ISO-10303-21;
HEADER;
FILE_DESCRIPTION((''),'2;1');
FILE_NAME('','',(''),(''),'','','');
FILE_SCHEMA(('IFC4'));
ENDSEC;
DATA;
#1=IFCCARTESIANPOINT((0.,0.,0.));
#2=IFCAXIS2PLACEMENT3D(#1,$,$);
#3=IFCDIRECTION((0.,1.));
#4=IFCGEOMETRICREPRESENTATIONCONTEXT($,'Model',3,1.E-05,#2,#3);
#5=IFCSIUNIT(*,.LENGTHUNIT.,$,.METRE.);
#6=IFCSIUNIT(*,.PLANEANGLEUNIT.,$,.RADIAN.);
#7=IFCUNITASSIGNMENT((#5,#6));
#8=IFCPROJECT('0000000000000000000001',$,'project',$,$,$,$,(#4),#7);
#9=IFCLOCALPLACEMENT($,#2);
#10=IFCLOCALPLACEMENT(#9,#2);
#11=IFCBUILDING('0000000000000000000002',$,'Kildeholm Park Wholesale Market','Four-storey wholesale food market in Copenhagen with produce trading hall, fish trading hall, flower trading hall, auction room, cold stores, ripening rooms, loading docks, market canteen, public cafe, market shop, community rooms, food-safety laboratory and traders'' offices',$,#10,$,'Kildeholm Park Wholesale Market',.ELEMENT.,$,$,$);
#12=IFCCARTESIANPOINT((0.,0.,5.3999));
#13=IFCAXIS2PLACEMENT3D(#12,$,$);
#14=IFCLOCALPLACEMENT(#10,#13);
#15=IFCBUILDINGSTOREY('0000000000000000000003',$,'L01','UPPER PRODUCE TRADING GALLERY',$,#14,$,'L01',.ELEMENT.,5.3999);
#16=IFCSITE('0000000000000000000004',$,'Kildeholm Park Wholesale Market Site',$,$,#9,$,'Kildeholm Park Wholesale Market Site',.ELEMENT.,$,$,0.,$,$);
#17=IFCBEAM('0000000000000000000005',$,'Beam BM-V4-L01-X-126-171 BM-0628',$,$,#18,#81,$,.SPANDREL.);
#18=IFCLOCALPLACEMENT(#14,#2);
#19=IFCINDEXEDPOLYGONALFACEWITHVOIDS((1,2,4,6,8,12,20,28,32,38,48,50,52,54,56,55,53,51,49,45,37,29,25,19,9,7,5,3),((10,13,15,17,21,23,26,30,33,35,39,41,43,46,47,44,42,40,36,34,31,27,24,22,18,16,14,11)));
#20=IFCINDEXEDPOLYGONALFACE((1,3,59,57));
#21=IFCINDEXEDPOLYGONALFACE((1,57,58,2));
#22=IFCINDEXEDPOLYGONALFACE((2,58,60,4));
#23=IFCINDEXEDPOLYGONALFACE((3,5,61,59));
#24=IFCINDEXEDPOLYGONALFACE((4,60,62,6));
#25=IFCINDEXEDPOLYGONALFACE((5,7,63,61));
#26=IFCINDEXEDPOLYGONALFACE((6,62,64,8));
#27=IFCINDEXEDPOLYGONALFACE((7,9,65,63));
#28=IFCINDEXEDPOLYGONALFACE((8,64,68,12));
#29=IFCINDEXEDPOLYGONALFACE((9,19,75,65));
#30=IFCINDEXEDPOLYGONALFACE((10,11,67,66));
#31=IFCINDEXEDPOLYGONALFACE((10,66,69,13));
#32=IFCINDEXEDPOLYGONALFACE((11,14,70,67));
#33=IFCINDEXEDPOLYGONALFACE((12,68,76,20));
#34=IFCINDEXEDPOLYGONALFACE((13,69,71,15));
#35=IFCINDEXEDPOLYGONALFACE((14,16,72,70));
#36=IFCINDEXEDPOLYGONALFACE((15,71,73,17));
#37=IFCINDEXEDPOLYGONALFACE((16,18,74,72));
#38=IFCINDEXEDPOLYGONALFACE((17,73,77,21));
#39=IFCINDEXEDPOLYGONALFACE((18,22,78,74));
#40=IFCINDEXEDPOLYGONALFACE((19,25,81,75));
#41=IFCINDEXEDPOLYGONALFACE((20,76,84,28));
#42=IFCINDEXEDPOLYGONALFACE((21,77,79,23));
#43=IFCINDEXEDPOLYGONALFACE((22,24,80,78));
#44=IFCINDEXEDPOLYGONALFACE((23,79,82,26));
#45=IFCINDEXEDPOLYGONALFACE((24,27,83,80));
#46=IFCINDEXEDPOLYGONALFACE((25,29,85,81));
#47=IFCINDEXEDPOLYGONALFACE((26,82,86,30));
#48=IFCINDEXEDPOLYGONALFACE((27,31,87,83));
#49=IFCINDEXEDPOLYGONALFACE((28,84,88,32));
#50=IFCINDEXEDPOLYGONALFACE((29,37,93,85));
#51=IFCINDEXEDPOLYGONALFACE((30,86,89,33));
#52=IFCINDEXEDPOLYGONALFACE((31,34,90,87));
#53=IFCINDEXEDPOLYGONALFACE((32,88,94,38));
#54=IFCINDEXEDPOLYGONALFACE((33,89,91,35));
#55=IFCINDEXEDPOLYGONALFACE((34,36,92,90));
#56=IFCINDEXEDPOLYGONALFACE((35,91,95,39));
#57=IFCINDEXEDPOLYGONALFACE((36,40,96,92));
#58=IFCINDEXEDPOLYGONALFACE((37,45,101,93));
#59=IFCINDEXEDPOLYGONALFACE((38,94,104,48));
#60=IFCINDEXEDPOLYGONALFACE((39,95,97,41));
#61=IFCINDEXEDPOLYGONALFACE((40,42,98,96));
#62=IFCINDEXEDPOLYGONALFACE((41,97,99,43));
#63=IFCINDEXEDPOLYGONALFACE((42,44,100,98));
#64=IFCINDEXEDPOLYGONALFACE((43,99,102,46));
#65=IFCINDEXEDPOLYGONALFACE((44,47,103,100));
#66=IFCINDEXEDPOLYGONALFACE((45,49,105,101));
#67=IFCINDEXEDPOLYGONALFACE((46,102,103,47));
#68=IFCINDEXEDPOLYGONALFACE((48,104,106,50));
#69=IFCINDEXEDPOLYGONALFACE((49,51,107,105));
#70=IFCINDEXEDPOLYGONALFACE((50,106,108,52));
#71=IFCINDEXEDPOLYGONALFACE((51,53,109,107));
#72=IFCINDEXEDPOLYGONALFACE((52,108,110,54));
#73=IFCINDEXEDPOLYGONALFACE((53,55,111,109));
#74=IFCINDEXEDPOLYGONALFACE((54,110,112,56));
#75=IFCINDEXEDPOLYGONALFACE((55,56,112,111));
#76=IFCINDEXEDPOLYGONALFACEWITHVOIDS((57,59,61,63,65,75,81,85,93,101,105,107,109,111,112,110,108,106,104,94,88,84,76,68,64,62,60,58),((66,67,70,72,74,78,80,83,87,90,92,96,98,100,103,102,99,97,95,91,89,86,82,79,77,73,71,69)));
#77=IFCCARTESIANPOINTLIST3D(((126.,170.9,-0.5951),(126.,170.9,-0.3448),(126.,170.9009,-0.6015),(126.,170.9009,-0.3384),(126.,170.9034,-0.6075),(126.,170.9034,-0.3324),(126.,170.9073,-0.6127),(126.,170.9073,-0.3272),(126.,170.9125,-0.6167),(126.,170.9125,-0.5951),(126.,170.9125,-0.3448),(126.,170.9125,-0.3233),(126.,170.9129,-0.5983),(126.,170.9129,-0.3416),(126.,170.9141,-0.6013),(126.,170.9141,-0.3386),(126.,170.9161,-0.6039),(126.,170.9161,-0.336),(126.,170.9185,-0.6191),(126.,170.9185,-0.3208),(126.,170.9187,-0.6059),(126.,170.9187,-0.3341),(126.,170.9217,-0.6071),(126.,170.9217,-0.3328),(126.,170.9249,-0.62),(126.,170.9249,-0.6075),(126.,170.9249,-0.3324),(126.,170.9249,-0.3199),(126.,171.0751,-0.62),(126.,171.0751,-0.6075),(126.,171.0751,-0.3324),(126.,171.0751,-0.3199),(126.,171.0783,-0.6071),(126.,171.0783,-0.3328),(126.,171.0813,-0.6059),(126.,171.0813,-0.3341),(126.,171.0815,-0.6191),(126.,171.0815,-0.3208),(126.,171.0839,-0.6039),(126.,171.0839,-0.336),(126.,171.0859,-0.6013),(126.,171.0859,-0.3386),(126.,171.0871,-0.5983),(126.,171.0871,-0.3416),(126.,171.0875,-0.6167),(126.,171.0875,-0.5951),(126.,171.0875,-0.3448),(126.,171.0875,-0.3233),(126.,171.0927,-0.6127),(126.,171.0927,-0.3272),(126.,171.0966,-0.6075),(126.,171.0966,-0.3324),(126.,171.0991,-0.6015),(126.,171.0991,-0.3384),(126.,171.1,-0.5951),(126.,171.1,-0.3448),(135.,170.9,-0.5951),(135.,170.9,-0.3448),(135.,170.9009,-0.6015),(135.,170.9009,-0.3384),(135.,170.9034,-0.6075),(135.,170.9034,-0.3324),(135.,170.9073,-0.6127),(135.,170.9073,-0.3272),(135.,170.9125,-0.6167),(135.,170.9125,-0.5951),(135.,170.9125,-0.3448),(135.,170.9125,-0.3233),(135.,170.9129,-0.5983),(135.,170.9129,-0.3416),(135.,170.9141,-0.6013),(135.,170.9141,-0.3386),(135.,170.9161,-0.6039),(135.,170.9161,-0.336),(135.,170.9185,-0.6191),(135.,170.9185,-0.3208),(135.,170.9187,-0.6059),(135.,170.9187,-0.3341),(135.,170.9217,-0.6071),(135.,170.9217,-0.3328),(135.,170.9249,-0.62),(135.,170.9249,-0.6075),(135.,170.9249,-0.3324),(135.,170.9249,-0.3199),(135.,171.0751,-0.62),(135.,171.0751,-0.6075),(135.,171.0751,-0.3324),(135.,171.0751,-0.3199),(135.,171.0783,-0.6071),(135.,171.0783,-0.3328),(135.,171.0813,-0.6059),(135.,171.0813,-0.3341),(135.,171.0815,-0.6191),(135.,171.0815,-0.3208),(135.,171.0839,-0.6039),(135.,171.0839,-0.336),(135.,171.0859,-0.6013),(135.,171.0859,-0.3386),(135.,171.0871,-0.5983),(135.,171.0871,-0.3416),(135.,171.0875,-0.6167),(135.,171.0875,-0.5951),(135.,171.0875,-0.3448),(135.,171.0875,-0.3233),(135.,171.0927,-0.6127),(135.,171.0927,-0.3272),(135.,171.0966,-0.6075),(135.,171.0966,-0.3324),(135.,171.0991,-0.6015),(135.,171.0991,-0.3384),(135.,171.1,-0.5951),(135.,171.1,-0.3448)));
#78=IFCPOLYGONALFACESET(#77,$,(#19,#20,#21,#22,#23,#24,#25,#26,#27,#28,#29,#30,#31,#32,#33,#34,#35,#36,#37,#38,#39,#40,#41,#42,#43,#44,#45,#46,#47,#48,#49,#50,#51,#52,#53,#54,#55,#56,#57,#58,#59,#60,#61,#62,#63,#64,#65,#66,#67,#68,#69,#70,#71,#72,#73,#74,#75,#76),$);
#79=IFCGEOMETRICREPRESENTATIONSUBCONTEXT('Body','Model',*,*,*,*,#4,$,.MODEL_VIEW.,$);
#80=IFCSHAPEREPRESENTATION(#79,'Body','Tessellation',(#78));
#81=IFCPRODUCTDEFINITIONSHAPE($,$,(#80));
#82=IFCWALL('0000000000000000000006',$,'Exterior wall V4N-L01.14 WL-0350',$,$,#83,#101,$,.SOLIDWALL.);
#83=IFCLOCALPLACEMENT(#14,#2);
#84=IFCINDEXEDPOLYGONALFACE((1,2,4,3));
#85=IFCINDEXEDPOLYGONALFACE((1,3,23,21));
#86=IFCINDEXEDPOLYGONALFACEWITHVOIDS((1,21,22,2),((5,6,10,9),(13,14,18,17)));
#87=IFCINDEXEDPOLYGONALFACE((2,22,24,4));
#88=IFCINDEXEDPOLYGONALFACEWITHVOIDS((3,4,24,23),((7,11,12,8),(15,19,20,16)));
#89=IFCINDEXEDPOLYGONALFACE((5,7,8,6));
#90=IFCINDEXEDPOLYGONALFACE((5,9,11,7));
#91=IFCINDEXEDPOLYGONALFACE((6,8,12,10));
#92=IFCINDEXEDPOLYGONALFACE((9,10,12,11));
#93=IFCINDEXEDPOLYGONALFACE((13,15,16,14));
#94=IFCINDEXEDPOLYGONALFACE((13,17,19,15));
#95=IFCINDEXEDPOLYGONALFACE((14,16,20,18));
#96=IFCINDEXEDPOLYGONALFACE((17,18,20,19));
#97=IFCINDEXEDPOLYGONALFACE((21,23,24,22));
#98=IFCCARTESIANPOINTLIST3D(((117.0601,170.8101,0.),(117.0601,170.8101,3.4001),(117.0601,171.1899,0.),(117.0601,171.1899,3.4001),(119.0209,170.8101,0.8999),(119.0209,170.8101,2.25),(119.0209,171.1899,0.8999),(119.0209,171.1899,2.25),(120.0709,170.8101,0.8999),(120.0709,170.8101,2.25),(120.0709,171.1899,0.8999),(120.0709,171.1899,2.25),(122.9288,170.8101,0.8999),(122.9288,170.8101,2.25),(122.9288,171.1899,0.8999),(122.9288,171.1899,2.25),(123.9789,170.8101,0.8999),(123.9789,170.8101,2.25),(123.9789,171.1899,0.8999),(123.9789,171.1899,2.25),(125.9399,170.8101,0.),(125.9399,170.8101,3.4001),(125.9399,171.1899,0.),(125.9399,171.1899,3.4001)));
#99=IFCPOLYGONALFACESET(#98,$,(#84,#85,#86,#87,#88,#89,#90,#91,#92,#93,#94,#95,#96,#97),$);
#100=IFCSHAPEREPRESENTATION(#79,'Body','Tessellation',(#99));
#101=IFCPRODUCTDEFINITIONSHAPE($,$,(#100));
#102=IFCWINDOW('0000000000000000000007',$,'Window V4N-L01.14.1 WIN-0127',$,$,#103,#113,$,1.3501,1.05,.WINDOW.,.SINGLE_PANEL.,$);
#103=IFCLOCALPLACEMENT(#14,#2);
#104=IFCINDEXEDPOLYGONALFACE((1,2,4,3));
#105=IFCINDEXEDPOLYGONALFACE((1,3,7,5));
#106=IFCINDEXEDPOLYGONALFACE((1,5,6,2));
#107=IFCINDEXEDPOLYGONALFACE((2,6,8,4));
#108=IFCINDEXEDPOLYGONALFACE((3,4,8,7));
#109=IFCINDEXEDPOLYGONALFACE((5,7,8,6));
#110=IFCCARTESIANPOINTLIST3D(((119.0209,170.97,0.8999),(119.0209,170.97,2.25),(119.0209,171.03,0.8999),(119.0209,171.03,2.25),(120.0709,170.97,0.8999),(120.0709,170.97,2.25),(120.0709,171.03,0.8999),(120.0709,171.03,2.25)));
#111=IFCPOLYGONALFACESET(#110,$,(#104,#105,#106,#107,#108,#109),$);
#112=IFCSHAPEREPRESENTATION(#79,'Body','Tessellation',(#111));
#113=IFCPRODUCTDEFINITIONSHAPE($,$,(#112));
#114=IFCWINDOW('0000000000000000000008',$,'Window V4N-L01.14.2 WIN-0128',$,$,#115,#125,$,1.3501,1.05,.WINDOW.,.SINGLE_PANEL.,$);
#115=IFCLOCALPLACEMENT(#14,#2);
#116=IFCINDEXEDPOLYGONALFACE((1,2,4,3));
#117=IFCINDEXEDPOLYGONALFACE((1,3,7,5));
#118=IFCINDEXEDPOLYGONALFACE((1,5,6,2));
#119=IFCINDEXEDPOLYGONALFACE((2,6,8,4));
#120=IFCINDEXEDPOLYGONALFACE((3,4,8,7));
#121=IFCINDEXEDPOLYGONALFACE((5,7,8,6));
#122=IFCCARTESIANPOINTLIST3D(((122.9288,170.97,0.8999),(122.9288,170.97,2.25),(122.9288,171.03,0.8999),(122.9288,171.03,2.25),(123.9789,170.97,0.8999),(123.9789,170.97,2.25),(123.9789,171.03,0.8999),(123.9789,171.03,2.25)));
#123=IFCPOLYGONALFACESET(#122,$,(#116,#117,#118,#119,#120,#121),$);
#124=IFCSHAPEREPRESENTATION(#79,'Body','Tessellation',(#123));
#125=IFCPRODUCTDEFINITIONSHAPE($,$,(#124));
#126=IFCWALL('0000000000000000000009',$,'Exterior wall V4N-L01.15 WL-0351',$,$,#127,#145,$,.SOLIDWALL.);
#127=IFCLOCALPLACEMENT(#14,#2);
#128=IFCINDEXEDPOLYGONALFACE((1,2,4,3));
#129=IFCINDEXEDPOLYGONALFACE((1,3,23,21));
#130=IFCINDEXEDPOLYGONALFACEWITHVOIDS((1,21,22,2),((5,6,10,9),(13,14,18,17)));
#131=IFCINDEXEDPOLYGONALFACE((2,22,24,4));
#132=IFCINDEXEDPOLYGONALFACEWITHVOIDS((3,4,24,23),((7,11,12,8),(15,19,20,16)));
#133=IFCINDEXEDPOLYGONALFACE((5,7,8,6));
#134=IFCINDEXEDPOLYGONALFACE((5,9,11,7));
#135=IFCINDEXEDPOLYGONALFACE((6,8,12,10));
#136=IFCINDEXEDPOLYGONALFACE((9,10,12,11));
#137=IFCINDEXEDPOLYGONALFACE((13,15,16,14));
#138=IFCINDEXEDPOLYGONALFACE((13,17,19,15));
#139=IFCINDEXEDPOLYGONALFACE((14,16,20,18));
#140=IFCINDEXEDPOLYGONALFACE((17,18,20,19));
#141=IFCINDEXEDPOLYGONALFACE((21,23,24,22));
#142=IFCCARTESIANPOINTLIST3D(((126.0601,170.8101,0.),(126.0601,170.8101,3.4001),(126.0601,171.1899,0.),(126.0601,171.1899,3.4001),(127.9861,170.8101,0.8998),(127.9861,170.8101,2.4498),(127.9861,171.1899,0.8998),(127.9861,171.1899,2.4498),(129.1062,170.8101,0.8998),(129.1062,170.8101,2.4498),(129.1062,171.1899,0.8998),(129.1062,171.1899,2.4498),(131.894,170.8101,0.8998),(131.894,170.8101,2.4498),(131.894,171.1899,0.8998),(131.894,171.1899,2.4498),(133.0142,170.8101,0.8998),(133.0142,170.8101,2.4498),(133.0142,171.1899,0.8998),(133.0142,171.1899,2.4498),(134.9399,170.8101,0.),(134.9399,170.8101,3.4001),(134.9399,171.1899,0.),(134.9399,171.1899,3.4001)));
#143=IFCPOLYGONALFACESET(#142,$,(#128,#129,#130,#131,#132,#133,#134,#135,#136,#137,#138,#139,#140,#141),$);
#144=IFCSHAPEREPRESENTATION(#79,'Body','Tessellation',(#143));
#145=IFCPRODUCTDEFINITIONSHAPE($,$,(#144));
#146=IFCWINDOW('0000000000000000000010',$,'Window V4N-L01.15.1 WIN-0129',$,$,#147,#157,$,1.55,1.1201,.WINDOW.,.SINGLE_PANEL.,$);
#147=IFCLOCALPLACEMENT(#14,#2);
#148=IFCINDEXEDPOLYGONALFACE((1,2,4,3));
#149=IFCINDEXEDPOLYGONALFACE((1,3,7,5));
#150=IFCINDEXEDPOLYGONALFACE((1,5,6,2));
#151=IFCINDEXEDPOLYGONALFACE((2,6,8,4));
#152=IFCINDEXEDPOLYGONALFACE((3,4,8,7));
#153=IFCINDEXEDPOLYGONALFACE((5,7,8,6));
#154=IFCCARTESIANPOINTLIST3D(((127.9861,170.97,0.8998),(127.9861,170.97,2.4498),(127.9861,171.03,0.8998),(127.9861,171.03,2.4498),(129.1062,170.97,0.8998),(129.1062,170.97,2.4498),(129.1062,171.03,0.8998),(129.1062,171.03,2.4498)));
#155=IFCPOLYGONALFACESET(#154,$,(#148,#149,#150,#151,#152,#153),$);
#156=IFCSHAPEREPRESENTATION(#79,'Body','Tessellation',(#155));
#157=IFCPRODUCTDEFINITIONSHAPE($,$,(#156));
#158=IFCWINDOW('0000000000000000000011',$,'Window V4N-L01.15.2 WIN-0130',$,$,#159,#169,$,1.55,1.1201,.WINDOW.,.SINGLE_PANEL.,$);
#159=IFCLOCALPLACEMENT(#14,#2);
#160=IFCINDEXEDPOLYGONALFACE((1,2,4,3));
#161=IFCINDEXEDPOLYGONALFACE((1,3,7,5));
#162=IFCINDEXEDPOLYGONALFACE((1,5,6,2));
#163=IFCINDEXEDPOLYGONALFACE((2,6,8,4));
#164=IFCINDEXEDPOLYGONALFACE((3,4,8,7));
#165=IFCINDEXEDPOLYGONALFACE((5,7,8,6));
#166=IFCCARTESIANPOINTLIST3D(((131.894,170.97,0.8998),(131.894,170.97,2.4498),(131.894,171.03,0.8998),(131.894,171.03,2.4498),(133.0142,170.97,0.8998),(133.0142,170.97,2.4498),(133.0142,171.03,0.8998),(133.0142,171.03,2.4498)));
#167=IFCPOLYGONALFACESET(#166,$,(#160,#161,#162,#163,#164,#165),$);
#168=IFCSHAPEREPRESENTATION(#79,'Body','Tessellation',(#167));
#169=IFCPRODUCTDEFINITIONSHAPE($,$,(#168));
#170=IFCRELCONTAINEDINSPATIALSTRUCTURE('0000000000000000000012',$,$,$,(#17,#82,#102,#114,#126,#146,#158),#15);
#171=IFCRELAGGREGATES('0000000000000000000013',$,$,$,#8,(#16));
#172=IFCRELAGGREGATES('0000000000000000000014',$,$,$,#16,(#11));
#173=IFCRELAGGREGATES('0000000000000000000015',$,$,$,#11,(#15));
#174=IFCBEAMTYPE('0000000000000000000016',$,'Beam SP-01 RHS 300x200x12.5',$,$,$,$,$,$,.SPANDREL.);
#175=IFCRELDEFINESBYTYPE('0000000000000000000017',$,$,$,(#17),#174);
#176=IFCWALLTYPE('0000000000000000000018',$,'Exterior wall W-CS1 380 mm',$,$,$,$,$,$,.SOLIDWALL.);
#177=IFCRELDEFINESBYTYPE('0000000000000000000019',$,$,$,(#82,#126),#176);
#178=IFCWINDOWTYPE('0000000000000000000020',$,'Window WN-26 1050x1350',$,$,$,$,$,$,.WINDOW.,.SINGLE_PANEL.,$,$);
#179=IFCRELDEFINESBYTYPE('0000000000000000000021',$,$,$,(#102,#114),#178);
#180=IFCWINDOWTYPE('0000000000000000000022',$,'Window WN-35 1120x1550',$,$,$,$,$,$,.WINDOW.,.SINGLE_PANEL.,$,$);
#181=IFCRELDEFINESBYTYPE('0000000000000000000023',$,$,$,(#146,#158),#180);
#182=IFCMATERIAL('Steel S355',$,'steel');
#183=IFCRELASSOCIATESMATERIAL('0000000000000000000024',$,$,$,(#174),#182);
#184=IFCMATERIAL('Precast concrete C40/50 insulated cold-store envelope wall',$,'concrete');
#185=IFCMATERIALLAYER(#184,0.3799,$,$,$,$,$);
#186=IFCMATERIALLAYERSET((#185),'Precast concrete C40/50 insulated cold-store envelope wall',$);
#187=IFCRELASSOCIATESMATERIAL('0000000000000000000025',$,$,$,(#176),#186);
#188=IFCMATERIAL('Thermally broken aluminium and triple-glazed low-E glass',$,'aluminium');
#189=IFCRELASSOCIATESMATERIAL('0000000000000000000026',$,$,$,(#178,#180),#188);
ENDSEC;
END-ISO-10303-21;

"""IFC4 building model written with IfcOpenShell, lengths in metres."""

from ifc_helpers import new_model, si_unit, direction, frame, frame_2d, origin, origin_2d, place, context, subcontext, project, spatial, rectangle, hollow_rectangle, extrude, material, layer, layer_set, material_profile, profile_set, type_object, element, fill, save


model = new_model("IFC4")

# Units and contexts
model_context = context("Model", 3, precision=1e-05, world=origin(), true_north=direction((0.0, 1.0)))
body_context = subcontext(model_context, "Body", "Model", "MODEL_VIEW")
ifc_project = project(units=[si_unit("LENGTHUNIT", "METRE"), si_unit("PLANEANGLEUNIT", "RADIAN")], contexts=[model_context])

# Site, building, storey
site_placement = place(None, origin())
site = spatial("IfcSite", under=ifc_project, at=site_placement, Name="Kildeholm Park Wholesale Market Site", LongName="Kildeholm Park Wholesale Market Site", CompositionType="ELEMENT", RefElevation=0.0)
building_placement = place(site_placement, origin())
building = spatial("IfcBuilding", under=site, at=building_placement, Name="Kildeholm Park Wholesale Market", Description="Four-storey wholesale food market in Copenhagen with produce trading hall, fish trading hall, flower trading hall, auction room, cold stores, ripening rooms, loading docks, market canteen, public cafe, market shop, community rooms, food-safety laboratory and traders' offices", LongName="Kildeholm Park Wholesale Market", CompositionType="ELEMENT")
storey_placement = place(building_placement, frame((0.0, 0.0, 5.3999)))
storey = spatial("IfcBuildingStorey", under=building, at=storey_placement, Name="L01", Description="UPPER PRODUCE TRADING GALLERY", LongName="L01", CompositionType="ELEMENT", Elevation=5.3999)

# Beam
ifc_material_1 = material(Name="Steel S355", Category="steel")
ifc_material_profile_1 = material_profile(ifc_material_1, hollow_rectangle(XDim=0.2, YDim=0.3, WallThickness=0.0125, InnerFilletRadius=0.0125, OuterFilletRadius=0.0249, at=origin_2d()), Name="RHS 300x200x12.5")
ifc_profile_set_1 = profile_set([ifc_material_profile_1], Name="Steel S355")
beam_type_1 = type_object("IfcBeamType", Name="Beam SP-01 RHS 300x200x12.5", PredefinedType="SPANDREL", material=ifc_profile_set_1)
beam_1_placement = place(storey_placement, frame((126.0, 171.0, -0.47), z_axis=(1.0, 0.0, 0.0), x_axis=(0.0, 1.0, 0.0)))
element("IfcBeam", 1, at=beam_1_placement, inside=storey, type_object=beam_type_1, Name="Beam BM-V4-L01-X-126-171 BM-0628", PredefinedType="SPANDREL", context=body_context, shape_type="SweptSolid", body=[
    extrude(hollow_rectangle(XDim=0.2, YDim=0.3, WallThickness=0.0125, InnerFilletRadius=0.0125, OuterFilletRadius=0.0249, at=origin_2d()), origin(), (0.0, 0.0, 1.0), 9.0),
])

# Walls, openings, windows
ifc_material_2 = material(Name="Precast concrete C40/50 insulated cold-store envelope wall", Category="concrete")
ifc_layer_1 = layer(ifc_material_2, 0.3799)
ifc_layer_set_1 = layer_set([ifc_layer_1], Name="Precast concrete C40/50 insulated cold-store envelope wall")
wall_type_1 = type_object("IfcWallType", Name="Exterior wall W-CS1 380 mm", PredefinedType="SOLIDWALL", material=ifc_layer_set_1)
wall_1_placement = place(storey_placement, frame((117.0601, 171.0, 0.0), z_axis=(0.0, 0.0, 1.0), x_axis=(1.0, 0.0, 0.0)))
wall_1 = element("IfcWall", 2, at=wall_1_placement, inside=storey, type_object=wall_type_1, Name="Exterior wall V4N-L01.14 WL-0350", PredefinedType="SOLIDWALL", context=body_context, shape_type="SweptSolid", body=[
    extrude(rectangle(XDim=8.8799, YDim=0.3799, at=frame_2d((4.4399, 0.0))), origin(), (0.0, 0.0, 1.0), 3.4001),
])
opening_1_placement = place(wall_1_placement, frame((1.9609, 0.0, 0.8999)))
opening_1 = element("IfcOpeningElement", 3, at=opening_1_placement, cuts=wall_1, PredefinedType="OPENING", context=body_context, shape_type="SweptSolid", body=[
    extrude(rectangle(XDim=1.05, YDim=1.3501, at=frame_2d((0.5249, 0.675))), frame((0.0, 0.2, 0.0), z_axis=(0.0, -1.0, 0.0), x_axis=(1.0, 0.0, 0.0)), (0.0, 0.0, 1.0), 0.3999),
])
opening_2_placement = place(wall_1_placement, frame((5.8689, 0.0, 0.8999)))
opening_2 = element("IfcOpeningElement", 4, at=opening_2_placement, cuts=wall_1, PredefinedType="OPENING", context=body_context, shape_type="SweptSolid", body=[
    extrude(rectangle(XDim=1.05, YDim=1.3501, at=frame_2d((0.5249, 0.675))), frame((0.0, 0.2, 0.0), z_axis=(0.0, -1.0, 0.0), x_axis=(1.0, 0.0, 0.0)), (0.0, 0.0, 1.0), 0.3999),
])
ifc_material_3 = material(Name="Thermally broken aluminium and triple-glazed low-E glass", Category="aluminium")
window_type_1 = type_object("IfcWindowType", Name="Window WN-26 1050x1350", PartitioningType="SINGLE_PANEL", PredefinedType="WINDOW", material=ifc_material_3)
window_1_placement = place(opening_1_placement, origin())
window_1 = element("IfcWindow", 5, at=window_1_placement, inside=storey, type_object=window_type_1, Name="Window V4N-L01.14.1 WIN-0127", OverallHeight=1.3501, OverallWidth=1.05, PartitioningType="SINGLE_PANEL", PredefinedType="WINDOW", context=body_context, shape_type="SweptSolid", body=[
    extrude(rectangle(XDim=1.05, YDim=1.3501, at=frame_2d((0.5249, 0.675))), frame((0.0, 0.03, 0.0), z_axis=(0.0, -1.0, 0.0), x_axis=(1.0, 0.0, 0.0)), (0.0, 0.0, 1.0), 0.0601),
])
fill(opening_1, window_1)
window_2_placement = place(opening_2_placement, origin())
window_2 = element("IfcWindow", 6, at=window_2_placement, inside=storey, type_object=window_type_1, Name="Window V4N-L01.14.2 WIN-0128", OverallHeight=1.3501, OverallWidth=1.05, PartitioningType="SINGLE_PANEL", PredefinedType="WINDOW", context=body_context, shape_type="SweptSolid", body=[
    extrude(rectangle(XDim=1.05, YDim=1.3501, at=frame_2d((0.5249, 0.675))), frame((0.0, 0.03, 0.0), z_axis=(0.0, -1.0, 0.0), x_axis=(1.0, 0.0, 0.0)), (0.0, 0.0, 1.0), 0.0601),
])
fill(opening_2, window_2)
wall_2_placement = place(storey_placement, frame((126.0601, 171.0, 0.0), z_axis=(0.0, 0.0, 1.0), x_axis=(1.0, 0.0, 0.0)))
wall_2 = element("IfcWall", 7, at=wall_2_placement, inside=storey, type_object=wall_type_1, Name="Exterior wall V4N-L01.15 WL-0351", PredefinedType="SOLIDWALL", context=body_context, shape_type="SweptSolid", body=[
    extrude(rectangle(XDim=8.8799, YDim=0.3799, at=frame_2d((4.4399, 0.0))), origin(), (0.0, 0.0, 1.0), 3.4001),
])
opening_3_placement = place(wall_2_placement, frame((1.926, 0.0, 0.8999)))
opening_3 = element("IfcOpeningElement", 8, at=opening_3_placement, cuts=wall_2, PredefinedType="OPENING", context=body_context, shape_type="SweptSolid", body=[
    extrude(rectangle(XDim=1.1201, YDim=1.55, at=frame_2d((0.5601, 0.7749))), frame((0.0, 0.2, 0.0), z_axis=(0.0, -1.0, 0.0), x_axis=(1.0, 0.0, 0.0)), (0.0, 0.0, 1.0), 0.3999),
])
opening_4_placement = place(wall_2_placement, frame((5.834, 0.0, 0.8999)))
opening_4 = element("IfcOpeningElement", 9, at=opening_4_placement, cuts=wall_2, PredefinedType="OPENING", context=body_context, shape_type="SweptSolid", body=[
    extrude(rectangle(XDim=1.1201, YDim=1.55, at=frame_2d((0.5601, 0.7749))), frame((0.0, 0.2, 0.0), z_axis=(0.0, -1.0, 0.0), x_axis=(1.0, 0.0, 0.0)), (0.0, 0.0, 1.0), 0.3999),
])
window_type_2 = type_object("IfcWindowType", Name="Window WN-35 1120x1550", PartitioningType="SINGLE_PANEL", PredefinedType="WINDOW", material=ifc_material_3)
window_3_placement = place(opening_3_placement, origin())
window_3 = element("IfcWindow", 10, at=window_3_placement, inside=storey, type_object=window_type_2, Name="Window V4N-L01.15.1 WIN-0129", OverallHeight=1.55, OverallWidth=1.1201, PartitioningType="SINGLE_PANEL", PredefinedType="WINDOW", context=body_context, shape_type="SweptSolid", body=[
    extrude(rectangle(XDim=1.1201, YDim=1.55, at=frame_2d((0.5601, 0.7749))), frame((0.0, 0.03, 0.0), z_axis=(0.0, -1.0, 0.0), x_axis=(1.0, 0.0, 0.0)), (0.0, 0.0, 1.0), 0.0601),
])
fill(opening_3, window_3)
window_4_placement = place(opening_4_placement, origin())
window_4 = element("IfcWindow", 11, at=window_4_placement, inside=storey, type_object=window_type_2, Name="Window V4N-L01.15.2 WIN-0130", OverallHeight=1.55, OverallWidth=1.1201, PartitioningType="SINGLE_PANEL", PredefinedType="WINDOW", context=body_context, shape_type="SweptSolid", body=[
    extrude(rectangle(XDim=1.1201, YDim=1.55, at=frame_2d((0.5601, 0.7749))), frame((0.0, 0.03, 0.0), z_axis=(0.0, -1.0, 0.0), x_axis=(1.0, 0.0, 0.0)), (0.0, 0.0, 1.0), 0.0601),
])
fill(opening_4, window_4)

save(model, "model.ifc")
